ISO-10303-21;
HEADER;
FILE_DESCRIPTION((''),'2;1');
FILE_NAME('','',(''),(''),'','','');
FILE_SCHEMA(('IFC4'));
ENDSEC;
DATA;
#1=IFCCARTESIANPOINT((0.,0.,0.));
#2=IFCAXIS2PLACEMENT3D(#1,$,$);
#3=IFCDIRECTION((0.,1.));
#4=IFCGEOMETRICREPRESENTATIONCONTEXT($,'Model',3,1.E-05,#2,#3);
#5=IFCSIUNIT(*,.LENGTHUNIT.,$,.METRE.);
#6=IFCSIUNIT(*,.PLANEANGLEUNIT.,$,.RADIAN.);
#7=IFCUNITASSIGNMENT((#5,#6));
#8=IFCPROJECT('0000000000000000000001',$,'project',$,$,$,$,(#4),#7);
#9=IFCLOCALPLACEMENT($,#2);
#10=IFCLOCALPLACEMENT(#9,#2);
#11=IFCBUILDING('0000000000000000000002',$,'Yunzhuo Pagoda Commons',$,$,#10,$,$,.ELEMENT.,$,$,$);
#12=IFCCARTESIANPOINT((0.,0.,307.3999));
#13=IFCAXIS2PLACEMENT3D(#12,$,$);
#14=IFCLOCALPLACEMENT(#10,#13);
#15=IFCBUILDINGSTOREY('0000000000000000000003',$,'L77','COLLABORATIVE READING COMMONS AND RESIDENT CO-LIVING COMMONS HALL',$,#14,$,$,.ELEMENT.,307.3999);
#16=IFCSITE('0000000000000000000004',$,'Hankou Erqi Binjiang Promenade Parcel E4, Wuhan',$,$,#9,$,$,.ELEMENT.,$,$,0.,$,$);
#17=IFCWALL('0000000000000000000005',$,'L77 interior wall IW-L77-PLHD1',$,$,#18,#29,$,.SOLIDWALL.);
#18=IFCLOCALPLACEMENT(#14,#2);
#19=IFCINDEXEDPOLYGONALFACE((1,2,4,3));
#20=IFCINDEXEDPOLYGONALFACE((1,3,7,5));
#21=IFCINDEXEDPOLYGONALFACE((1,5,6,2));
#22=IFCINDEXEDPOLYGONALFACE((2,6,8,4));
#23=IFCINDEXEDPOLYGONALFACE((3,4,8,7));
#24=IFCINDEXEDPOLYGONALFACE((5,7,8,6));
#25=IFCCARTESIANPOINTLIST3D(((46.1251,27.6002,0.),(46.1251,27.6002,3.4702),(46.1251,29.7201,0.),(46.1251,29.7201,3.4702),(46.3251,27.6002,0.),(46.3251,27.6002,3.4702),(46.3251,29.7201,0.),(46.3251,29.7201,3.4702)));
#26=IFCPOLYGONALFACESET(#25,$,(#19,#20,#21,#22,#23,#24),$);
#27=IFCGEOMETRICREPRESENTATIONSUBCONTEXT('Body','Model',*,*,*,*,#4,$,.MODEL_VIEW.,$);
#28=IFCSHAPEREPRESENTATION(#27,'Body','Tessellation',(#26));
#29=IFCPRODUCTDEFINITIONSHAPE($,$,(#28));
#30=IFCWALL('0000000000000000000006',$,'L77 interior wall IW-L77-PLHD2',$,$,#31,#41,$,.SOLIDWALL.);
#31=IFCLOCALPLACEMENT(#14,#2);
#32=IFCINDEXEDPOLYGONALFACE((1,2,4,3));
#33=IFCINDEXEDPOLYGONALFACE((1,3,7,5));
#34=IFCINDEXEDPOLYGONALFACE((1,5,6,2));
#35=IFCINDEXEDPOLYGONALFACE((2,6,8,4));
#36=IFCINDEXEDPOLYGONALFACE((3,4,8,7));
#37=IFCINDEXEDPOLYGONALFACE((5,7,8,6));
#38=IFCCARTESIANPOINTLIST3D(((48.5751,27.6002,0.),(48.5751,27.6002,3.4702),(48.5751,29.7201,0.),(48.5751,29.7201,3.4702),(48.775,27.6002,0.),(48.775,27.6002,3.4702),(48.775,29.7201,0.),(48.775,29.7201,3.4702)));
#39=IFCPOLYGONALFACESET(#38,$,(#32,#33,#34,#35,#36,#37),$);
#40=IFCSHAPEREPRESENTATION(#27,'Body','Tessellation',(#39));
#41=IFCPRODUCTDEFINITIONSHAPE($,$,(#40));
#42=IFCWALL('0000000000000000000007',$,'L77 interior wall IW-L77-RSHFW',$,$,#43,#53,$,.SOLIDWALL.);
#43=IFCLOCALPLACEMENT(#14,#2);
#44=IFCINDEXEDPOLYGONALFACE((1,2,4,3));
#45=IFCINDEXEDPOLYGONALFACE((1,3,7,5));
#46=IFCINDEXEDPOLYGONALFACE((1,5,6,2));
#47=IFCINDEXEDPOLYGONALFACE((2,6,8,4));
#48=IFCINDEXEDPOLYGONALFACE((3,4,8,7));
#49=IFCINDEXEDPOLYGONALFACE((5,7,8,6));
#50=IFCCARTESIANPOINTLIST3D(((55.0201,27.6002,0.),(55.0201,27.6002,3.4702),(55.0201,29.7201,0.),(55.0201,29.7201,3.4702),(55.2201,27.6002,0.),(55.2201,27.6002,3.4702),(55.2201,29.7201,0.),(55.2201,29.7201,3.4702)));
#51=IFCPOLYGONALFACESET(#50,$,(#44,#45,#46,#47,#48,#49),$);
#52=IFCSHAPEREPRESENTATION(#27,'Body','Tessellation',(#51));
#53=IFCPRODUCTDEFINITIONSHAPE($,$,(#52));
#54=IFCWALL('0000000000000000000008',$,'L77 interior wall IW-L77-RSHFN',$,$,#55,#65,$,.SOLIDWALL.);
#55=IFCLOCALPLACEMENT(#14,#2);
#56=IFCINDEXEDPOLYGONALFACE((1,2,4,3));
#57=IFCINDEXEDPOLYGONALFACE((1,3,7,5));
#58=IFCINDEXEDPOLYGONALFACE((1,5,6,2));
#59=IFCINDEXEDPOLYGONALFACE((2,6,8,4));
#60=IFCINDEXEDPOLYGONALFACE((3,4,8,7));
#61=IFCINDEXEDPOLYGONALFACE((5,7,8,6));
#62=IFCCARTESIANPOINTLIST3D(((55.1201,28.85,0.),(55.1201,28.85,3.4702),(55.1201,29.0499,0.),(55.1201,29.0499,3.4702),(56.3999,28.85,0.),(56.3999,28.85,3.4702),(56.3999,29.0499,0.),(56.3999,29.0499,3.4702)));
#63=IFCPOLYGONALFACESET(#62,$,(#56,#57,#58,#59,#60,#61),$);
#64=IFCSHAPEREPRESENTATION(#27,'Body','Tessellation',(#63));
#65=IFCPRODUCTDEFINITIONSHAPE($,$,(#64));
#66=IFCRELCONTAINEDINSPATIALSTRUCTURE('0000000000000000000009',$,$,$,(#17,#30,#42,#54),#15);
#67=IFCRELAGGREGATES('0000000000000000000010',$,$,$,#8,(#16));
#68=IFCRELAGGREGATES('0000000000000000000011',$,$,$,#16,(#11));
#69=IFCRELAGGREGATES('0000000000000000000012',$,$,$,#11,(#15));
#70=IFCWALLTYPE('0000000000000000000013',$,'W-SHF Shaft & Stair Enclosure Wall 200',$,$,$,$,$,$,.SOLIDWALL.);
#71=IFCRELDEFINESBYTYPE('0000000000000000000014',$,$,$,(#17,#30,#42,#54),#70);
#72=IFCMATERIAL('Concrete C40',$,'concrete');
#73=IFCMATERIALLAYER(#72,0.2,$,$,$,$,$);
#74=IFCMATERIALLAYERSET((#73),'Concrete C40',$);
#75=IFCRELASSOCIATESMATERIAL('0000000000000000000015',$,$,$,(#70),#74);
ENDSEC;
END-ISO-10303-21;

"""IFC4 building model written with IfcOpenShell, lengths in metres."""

from ifc_helpers import new_model, si_unit, direction, frame, frame_2d, origin, place, context, subcontext, project, spatial, rectangle, extrude, material, layer, layer_set, type_object, element, save


model = new_model("IFC4")

# Units and contexts
model_context = context("Model", 3, precision=1e-05, world=origin(), true_north=direction((0.0, 1.0)))
body_context = subcontext(model_context, "Body", "Model", "MODEL_VIEW")
ifc_project = project(units=[si_unit("LENGTHUNIT", "METRE"), si_unit("PLANEANGLEUNIT", "RADIAN")], contexts=[model_context])

# Site, building, storey
site_placement = place(None, origin())
site = spatial("IfcSite", under=ifc_project, at=site_placement, Name="Hankou Erqi Binjiang Promenade Parcel E4, Wuhan", CompositionType="ELEMENT", RefElevation=0.0)
building_placement = place(site_placement, origin())
building = spatial("IfcBuilding", under=site, at=building_placement, Name="Yunzhuo Pagoda Commons", CompositionType="ELEMENT")
storey_placement = place(building_placement, frame((0.0, 0.0, 307.3999)))
storey = spatial("IfcBuildingStorey", under=building, at=storey_placement, Name="L77", Description="COLLABORATIVE READING COMMONS AND RESIDENT CO-LIVING COMMONS HALL", CompositionType="ELEMENT", Elevation=307.3999)

# Shared definitions
ifc_material_1 = material(Name="Concrete C40", Category="concrete")
ifc_layer_1 = layer(ifc_material_1, 0.2)
ifc_layer_set_1 = layer_set([ifc_layer_1], Name="Concrete C40")
wall_type_1 = type_object("IfcWallType", Name="W-SHF Shaft & Stair Enclosure Wall 200", PredefinedType="SOLIDWALL", material=ifc_layer_set_1)

# Walls
for number, where, z_axis, x_axis, name in (
    (1, (46.2251, 27.6001, 0.0), (0.0, 0.0, 1.0), (0.0, 1.0, 0.0), "L77 interior wall IW-L77-PLHD1"),
    (2, (48.675, 27.6001, 0.0), (0.0, 0.0, 1.0), (0.0, 1.0, 0.0), "L77 interior wall IW-L77-PLHD2"),
    (3, (55.1201, 27.6001, 0.0), (0.0, 0.0, 1.0), (0.0, 1.0, 0.0), "L77 interior wall IW-L77-RSHFW"),
):
    element("IfcWall", number, at=place(storey_placement, frame(where, z_axis=z_axis, x_axis=x_axis)), inside=storey, type_object=wall_type_1, Name=name, PredefinedType="SOLIDWALL", context=body_context, shape_type="SweptSolid", body=[
        extrude(rectangle(XDim=2.1199, YDim=0.2, at=frame_2d((1.0601, 0.0))), origin(), (0.0, 0.0, 1.0), 3.4702),
    ])
wall_1_placement = place(storey_placement, frame((55.1201, 28.95, 0.0), z_axis=(0.0, 0.0, 1.0), x_axis=(1.0, 0.0, 0.0)))
element("IfcWall", 4, at=wall_1_placement, inside=storey, type_object=wall_type_1, Name="L77 interior wall IW-L77-RSHFN", PredefinedType="SOLIDWALL", context=body_context, shape_type="SweptSolid", body=[
    extrude(rectangle(XDim=1.2798, YDim=0.2, at=frame_2d((0.6399, 0.0))), origin(), (0.0, 0.0, 1.0), 3.4702),
])

save(model, "model.ifc")
